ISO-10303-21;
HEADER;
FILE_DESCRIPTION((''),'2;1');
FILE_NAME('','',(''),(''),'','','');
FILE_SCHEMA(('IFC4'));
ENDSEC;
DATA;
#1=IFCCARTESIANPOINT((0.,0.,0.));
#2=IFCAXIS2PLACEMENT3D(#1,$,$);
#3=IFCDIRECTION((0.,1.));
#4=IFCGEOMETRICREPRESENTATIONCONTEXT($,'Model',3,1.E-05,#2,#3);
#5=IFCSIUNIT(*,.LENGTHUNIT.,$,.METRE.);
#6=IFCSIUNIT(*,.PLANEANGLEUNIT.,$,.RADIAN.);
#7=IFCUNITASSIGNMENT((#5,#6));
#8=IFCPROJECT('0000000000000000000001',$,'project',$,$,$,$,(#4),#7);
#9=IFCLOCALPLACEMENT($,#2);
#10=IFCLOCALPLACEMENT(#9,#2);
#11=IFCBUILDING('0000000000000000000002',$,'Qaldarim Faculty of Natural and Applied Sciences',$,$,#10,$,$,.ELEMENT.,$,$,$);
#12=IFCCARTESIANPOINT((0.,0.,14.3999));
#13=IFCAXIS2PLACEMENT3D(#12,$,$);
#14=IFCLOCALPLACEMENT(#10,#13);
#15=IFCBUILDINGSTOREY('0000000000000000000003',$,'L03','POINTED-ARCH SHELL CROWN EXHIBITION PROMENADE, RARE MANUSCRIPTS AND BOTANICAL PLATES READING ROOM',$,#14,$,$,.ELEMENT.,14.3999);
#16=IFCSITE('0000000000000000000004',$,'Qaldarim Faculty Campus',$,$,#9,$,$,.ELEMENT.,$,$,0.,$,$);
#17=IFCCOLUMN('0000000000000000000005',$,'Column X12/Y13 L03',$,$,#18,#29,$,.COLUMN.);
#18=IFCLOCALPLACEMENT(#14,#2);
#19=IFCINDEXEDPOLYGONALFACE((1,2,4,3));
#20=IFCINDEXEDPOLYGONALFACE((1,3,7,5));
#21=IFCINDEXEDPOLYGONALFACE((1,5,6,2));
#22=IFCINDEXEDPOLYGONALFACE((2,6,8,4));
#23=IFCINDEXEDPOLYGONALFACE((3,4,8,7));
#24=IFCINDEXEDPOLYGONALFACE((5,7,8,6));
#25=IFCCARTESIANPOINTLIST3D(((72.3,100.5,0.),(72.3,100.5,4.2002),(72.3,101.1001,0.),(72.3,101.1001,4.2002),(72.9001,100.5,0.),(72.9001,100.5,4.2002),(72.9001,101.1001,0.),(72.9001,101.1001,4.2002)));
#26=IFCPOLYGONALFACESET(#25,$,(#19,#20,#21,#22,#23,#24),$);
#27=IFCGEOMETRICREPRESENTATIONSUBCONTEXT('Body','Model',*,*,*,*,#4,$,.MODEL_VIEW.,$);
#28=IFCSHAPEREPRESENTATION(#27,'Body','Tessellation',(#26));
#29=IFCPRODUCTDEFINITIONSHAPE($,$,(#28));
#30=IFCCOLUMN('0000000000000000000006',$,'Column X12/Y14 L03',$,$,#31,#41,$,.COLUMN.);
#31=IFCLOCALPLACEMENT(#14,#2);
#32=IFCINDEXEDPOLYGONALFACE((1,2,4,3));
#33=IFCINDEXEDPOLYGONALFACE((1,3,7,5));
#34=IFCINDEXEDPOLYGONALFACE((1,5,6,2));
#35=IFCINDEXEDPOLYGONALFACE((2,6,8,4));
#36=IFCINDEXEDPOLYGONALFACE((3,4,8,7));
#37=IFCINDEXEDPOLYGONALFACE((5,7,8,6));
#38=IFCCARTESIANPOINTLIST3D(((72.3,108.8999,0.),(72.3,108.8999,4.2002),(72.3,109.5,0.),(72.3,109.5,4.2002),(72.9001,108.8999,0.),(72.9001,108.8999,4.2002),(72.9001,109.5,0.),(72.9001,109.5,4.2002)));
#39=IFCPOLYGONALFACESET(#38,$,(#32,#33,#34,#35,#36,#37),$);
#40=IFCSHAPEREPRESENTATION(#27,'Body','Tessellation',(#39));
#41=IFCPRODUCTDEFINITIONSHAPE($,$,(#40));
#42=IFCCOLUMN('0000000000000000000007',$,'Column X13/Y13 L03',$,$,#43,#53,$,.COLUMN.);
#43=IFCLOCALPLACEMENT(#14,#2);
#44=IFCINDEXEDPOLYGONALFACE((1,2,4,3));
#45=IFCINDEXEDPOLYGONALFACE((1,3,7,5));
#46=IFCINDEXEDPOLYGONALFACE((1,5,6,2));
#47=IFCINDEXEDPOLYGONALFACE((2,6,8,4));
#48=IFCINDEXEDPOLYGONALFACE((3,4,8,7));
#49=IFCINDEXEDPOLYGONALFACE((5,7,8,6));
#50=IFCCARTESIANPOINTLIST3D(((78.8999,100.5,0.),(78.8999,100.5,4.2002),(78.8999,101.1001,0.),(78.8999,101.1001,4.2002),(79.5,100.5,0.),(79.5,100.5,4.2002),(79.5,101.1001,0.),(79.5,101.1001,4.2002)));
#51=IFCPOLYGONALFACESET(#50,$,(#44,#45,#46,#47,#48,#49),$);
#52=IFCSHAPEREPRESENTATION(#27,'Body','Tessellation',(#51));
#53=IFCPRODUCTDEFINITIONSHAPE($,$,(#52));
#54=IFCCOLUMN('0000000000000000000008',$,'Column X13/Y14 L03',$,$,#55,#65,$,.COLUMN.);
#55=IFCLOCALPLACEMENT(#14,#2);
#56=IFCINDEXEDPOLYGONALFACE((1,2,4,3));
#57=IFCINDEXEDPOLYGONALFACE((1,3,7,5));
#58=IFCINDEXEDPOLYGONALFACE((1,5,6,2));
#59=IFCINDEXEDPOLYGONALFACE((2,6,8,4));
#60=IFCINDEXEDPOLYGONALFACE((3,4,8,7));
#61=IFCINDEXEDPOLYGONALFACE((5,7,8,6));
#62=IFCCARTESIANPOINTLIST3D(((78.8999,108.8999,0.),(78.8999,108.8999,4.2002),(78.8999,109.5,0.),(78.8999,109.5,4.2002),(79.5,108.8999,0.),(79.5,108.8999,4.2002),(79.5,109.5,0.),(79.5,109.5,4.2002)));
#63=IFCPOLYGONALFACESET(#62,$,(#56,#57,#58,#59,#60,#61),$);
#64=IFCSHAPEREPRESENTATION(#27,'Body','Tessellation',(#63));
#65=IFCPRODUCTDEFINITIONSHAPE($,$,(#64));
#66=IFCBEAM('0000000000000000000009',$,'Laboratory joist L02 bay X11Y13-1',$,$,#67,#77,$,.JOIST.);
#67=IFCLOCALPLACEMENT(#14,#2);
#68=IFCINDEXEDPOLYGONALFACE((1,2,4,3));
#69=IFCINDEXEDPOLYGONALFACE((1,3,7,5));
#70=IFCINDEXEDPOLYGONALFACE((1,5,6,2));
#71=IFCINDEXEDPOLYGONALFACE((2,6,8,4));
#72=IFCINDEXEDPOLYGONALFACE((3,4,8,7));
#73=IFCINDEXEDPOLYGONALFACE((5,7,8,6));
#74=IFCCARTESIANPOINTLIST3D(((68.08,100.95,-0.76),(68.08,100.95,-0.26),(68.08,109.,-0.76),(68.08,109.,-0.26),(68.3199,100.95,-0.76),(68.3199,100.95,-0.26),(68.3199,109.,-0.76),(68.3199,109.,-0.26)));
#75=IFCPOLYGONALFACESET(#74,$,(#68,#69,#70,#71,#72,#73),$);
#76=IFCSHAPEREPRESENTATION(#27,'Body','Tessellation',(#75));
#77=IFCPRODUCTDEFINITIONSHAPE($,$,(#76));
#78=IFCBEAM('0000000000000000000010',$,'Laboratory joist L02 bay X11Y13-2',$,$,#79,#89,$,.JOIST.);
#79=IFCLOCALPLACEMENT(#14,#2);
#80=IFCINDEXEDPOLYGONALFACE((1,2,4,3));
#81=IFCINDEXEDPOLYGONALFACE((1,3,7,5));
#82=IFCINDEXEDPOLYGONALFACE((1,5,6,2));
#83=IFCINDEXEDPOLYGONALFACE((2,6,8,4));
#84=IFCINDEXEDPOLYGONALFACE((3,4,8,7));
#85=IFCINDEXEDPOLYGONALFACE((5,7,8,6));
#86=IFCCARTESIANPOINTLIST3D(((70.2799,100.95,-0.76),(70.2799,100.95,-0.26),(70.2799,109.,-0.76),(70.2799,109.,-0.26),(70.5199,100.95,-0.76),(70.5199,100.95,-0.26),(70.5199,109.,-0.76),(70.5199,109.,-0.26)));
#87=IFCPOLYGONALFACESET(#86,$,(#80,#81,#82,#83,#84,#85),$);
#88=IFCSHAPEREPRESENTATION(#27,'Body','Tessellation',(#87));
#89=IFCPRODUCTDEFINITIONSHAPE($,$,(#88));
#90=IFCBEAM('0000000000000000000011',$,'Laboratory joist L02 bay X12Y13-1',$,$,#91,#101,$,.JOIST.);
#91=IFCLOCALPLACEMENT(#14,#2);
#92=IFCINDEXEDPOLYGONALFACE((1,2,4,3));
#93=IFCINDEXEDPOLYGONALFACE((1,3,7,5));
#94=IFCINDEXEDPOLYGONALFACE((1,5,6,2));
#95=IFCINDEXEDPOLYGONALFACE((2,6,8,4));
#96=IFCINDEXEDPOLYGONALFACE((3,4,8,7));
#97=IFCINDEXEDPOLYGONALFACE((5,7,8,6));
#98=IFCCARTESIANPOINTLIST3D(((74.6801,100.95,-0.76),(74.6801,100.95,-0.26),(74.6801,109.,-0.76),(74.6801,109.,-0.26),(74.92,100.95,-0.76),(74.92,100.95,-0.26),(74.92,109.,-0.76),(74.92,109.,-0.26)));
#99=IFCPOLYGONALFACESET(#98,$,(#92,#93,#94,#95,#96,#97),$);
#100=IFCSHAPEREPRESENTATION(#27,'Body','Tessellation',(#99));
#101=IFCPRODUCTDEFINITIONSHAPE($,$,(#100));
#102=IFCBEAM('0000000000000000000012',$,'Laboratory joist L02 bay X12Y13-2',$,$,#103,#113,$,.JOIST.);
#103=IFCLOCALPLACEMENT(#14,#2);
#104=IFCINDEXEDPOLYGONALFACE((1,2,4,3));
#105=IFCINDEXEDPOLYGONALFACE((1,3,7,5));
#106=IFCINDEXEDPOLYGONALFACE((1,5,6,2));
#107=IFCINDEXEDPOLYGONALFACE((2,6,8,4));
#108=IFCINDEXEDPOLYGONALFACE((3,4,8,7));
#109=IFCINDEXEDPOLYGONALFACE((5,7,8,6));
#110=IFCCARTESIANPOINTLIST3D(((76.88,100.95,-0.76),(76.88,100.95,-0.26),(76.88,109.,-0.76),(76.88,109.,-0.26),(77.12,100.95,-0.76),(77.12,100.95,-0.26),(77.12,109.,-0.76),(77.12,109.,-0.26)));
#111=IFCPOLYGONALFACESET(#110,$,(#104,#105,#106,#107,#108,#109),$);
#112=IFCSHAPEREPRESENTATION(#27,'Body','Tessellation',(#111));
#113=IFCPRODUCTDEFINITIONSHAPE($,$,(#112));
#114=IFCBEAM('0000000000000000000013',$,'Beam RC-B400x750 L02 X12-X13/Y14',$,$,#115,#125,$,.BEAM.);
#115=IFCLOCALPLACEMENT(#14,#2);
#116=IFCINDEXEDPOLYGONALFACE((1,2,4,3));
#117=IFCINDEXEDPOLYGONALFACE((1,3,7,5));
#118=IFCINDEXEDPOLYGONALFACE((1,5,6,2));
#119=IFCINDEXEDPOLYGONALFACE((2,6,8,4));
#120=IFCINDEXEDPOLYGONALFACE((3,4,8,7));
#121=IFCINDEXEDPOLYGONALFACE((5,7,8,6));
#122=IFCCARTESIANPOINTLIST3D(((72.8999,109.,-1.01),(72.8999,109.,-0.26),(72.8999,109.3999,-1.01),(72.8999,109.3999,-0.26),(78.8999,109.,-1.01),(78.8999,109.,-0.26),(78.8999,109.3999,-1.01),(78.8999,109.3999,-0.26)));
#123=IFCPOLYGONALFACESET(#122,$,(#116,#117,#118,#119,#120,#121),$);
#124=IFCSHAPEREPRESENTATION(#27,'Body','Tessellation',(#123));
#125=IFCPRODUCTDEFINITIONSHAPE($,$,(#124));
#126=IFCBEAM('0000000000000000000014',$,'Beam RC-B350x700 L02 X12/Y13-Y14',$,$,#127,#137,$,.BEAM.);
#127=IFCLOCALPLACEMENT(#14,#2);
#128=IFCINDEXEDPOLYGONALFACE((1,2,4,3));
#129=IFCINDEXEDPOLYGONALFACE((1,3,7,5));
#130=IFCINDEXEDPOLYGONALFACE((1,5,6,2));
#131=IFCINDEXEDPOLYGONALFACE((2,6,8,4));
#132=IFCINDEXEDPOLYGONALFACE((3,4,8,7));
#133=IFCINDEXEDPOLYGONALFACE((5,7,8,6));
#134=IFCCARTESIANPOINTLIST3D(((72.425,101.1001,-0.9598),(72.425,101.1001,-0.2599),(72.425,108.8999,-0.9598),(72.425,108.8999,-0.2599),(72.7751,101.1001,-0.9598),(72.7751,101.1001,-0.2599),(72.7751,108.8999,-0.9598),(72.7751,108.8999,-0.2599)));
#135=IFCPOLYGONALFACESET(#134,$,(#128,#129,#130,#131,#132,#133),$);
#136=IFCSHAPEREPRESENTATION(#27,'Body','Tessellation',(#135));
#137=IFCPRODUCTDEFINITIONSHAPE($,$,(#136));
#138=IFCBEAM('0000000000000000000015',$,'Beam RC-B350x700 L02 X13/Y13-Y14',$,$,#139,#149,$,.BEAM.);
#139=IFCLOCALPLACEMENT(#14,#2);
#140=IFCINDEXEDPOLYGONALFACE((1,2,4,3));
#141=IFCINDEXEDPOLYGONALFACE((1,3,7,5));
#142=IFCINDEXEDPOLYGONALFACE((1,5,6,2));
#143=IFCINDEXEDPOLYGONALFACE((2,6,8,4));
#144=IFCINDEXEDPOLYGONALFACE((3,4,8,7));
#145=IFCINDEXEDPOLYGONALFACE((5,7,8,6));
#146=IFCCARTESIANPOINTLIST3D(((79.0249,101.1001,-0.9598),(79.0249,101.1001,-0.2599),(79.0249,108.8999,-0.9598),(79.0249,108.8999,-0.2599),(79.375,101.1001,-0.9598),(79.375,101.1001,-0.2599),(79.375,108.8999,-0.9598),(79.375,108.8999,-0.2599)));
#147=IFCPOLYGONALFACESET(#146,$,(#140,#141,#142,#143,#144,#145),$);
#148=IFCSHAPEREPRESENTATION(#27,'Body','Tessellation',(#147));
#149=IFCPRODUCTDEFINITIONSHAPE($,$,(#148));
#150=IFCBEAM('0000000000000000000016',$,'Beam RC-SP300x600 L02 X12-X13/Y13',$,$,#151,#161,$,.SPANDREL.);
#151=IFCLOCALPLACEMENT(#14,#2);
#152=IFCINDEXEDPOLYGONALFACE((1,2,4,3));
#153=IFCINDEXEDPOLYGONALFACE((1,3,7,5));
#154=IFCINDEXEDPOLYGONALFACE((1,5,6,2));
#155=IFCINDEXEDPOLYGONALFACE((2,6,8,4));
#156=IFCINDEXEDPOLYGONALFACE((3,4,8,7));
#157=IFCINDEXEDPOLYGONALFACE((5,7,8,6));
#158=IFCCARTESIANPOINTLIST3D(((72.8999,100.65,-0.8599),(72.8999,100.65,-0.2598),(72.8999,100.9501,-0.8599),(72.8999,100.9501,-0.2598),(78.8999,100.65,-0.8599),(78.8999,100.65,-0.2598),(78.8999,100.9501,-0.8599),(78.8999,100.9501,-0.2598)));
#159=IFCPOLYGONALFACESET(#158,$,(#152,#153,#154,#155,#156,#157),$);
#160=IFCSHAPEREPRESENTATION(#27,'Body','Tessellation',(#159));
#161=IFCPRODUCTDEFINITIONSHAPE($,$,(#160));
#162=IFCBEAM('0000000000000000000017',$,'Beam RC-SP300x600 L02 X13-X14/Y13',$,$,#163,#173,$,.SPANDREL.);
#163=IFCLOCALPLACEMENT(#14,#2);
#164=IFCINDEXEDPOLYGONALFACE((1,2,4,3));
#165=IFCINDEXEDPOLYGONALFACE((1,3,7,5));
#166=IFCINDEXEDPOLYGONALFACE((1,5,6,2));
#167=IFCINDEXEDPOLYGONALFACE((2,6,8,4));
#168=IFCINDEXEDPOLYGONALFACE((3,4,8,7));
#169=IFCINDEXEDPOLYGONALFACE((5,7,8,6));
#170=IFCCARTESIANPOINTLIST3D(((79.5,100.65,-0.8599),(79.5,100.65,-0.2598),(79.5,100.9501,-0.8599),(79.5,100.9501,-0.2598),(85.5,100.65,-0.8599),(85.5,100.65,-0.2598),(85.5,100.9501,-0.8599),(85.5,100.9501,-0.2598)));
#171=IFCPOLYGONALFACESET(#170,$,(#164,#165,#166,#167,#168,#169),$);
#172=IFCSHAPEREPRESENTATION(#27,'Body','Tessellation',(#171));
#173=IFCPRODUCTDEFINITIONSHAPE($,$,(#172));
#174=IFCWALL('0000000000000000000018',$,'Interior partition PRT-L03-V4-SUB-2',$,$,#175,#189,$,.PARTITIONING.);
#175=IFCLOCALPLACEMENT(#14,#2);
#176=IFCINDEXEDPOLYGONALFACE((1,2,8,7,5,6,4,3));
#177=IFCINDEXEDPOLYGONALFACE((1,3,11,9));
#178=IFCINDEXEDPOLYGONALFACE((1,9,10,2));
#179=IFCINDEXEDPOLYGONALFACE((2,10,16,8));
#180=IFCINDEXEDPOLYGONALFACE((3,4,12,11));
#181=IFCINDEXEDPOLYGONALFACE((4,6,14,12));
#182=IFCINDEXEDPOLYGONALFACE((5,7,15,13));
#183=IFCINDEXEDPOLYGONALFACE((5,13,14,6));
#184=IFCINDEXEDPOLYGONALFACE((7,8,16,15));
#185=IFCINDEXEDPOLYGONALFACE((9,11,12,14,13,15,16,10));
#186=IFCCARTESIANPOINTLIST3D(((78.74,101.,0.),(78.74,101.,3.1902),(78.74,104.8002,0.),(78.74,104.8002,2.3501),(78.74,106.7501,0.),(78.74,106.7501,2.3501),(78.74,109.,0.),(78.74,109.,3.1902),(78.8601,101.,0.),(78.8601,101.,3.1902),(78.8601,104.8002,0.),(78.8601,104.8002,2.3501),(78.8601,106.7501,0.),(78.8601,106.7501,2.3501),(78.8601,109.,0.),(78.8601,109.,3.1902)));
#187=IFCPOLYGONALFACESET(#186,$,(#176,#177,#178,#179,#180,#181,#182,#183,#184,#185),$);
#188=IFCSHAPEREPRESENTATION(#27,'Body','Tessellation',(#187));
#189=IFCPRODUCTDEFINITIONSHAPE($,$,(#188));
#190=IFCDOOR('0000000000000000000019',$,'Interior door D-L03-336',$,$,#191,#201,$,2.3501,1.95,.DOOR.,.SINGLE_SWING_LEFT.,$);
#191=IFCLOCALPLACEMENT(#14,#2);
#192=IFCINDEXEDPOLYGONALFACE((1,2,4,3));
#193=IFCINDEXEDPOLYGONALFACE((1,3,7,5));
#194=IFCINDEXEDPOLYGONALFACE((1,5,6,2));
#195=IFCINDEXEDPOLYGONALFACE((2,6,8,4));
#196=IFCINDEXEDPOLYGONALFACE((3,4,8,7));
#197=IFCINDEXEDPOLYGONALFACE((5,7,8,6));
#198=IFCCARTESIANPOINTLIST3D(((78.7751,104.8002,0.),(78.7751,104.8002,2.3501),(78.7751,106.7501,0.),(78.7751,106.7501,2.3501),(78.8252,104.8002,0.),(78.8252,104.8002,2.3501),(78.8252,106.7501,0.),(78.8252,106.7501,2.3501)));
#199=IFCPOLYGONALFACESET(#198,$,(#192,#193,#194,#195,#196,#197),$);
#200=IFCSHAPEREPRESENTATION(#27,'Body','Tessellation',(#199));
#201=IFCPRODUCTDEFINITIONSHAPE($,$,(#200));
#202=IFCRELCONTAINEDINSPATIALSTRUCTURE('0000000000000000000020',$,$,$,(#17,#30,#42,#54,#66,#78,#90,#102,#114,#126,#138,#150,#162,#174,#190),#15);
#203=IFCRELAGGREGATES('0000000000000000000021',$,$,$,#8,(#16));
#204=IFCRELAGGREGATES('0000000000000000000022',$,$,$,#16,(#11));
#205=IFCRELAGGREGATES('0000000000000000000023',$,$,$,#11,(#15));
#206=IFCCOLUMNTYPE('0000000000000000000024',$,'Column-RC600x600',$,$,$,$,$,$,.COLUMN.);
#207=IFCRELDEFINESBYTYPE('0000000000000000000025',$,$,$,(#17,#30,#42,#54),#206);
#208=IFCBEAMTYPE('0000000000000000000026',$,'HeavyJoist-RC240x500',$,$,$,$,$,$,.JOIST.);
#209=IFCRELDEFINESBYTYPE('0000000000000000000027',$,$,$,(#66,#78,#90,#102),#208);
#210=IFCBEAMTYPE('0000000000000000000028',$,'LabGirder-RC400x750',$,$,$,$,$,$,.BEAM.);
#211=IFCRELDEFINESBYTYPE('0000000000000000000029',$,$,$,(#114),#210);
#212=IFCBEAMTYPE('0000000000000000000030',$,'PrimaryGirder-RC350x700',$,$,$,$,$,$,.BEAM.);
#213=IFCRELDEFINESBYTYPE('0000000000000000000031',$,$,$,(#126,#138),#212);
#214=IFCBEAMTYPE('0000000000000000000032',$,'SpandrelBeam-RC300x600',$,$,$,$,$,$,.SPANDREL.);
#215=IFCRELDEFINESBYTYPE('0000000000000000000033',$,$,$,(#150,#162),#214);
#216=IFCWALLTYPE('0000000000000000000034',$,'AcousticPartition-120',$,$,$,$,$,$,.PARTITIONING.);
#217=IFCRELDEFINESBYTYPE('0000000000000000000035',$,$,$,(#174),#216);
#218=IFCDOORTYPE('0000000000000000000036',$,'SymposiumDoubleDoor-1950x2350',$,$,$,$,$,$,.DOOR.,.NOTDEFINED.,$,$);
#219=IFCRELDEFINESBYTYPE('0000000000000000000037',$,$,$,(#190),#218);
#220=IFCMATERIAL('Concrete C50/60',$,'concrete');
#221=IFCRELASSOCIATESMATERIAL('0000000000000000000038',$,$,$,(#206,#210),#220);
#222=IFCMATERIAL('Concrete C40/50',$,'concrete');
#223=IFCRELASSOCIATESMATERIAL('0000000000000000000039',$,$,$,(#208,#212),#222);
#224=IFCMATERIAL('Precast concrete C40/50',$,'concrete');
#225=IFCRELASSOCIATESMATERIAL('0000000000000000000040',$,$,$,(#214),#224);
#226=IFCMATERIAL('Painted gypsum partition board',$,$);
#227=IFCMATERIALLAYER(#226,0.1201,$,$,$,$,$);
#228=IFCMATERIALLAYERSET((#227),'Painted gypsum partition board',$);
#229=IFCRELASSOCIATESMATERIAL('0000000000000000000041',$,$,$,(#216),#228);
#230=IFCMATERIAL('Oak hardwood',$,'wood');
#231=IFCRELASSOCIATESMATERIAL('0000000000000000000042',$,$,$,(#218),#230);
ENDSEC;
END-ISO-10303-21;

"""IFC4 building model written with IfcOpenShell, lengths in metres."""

from ifc_helpers import new_model, si_unit, direction, frame, frame_2d, origin, origin_2d, place, context, subcontext, project, spatial, rectangle, extrude, material, layer, layer_set, material_profile, profile_set, type_object, element, fill, save


model = new_model("IFC4")

# Units and contexts
model_context = context("Model", 3, precision=1e-05, world=origin(), true_north=direction((0.0, 1.0)))
body_context = subcontext(model_context, "Body", "Model", "MODEL_VIEW")
ifc_project = project(units=[si_unit("LENGTHUNIT", "METRE"), si_unit("PLANEANGLEUNIT", "RADIAN")], contexts=[model_context])

# Site, building, storey
site_placement = place(None, origin())
site = spatial("IfcSite", under=ifc_project, at=site_placement, Name="Qaldarim Faculty Campus", CompositionType="ELEMENT", RefElevation=0.0)
building_placement = place(site_placement, origin())
building = spatial("IfcBuilding", under=site, at=building_placement, Name="Qaldarim Faculty of Natural and Applied Sciences", CompositionType="ELEMENT")
storey_placement = place(building_placement, frame((0.0, 0.0, 14.3999)))
storey = spatial("IfcBuildingStorey", under=building, at=storey_placement, Name="L03", Description="POINTED-ARCH SHELL CROWN EXHIBITION PROMENADE, RARE MANUSCRIPTS AND BOTANICAL PLATES READING ROOM", CompositionType="ELEMENT", Elevation=14.3999)

# Columns
ifc_material_1 = material(Name="Concrete C50/60", Category="concrete")
ifc_material_profile_1 = material_profile(ifc_material_1, rectangle(XDim=0.6001, YDim=0.6001, at=origin_2d()), Name="RC-C600x600")
ifc_profile_set_1 = profile_set([ifc_material_profile_1], Name="Concrete C50/60")
column_type = type_object("IfcColumnType", Name="Column-RC600x600", PredefinedType="COLUMN", material=ifc_profile_set_1)
for number, where, z_axis, x_axis, name in (
    (1, (72.6001, 100.8, 0.0), (0.0, 0.0, 1.0), (1.0, 0.0, 0.0), "Column X12/Y13 L03"),
    (2, (72.6001, 109.2, 0.0), (0.0, 0.0, 1.0), (1.0, 0.0, 0.0), "Column X12/Y14 L03"),
    (3, (79.2, 100.8, 0.0), (0.0, 0.0, 1.0), (1.0, 0.0, 0.0), "Column X13/Y13 L03"),
    (4, (79.2, 109.2, 0.0), (0.0, 0.0, 1.0), (1.0, 0.0, 0.0), "Column X13/Y14 L03"),
):
    element("IfcColumn", number, at=place(storey_placement, frame(where, z_axis=z_axis, x_axis=x_axis)), inside=storey, type_object=column_type, Name=name, PredefinedType="COLUMN", context=body_context, shape_type="SweptSolid", body=[
        extrude(rectangle(XDim=0.6001, YDim=0.6001, at=origin_2d()), origin(), (0.0, 0.0, 1.0), 4.2002),
    ])

# Beams
ifc_material_2 = material(Name="Concrete C40/50", Category="concrete")
ifc_material_profile_2 = material_profile(ifc_material_2, rectangle(XDim=0.24, YDim=0.5, at=origin_2d()), Name="RC-J240x500")
ifc_profile_set_2 = profile_set([ifc_material_profile_2], Name="Concrete C40/50")
beam_type_1 = type_object("IfcBeamType", Name="HeavyJoist-RC240x500", PredefinedType="JOIST", material=ifc_profile_set_2)
for number, where, z_axis, x_axis, name in (
    (5, (68.2, 100.95, -0.51), (0.0, 1.0, 0.0), (-1.0, 0.0, 0.0), "Laboratory joist L02 bay X11Y13-1"),
    (6, (70.3999, 100.95, -0.51), (0.0, 1.0, 0.0), (-1.0, 0.0, 0.0), "Laboratory joist L02 bay X11Y13-2"),
    (7, (74.8, 100.95, -0.51), (0.0, 1.0, 0.0), (-1.0, 0.0, 0.0), "Laboratory joist L02 bay X12Y13-1"),
    (8, (77.0, 100.95, -0.51), (0.0, 1.0, 0.0), (-1.0, 0.0, 0.0), "Laboratory joist L02 bay X12Y13-2"),
):
    element("IfcBeam", number, at=place(storey_placement, frame(where, z_axis=z_axis, x_axis=x_axis)), inside=storey, type_object=beam_type_1, Name=name, PredefinedType="JOIST", context=body_context, shape_type="SweptSolid", body=[
        extrude(rectangle(XDim=0.24, YDim=0.5, at=origin_2d()), origin(), (0.0, 0.0, 1.0), 8.05),
    ])
ifc_material_profile_3 = material_profile(ifc_material_1, rectangle(XDim=0.3999, YDim=0.75, at=origin_2d()), Name="RC-B400x750")
ifc_profile_set_3 = profile_set([ifc_material_profile_3], Name="Concrete C50/60")
beam_type_2 = type_object("IfcBeamType", Name="LabGirder-RC400x750", PredefinedType="BEAM", material=ifc_profile_set_3)
beam_placement = place(storey_placement, frame((72.8999, 109.2, -0.635), z_axis=(1.0, 0.0, 0.0), x_axis=(0.0, 1.0, 0.0)))
element("IfcBeam", 9, at=beam_placement, inside=storey, type_object=beam_type_2, Name="Beam RC-B400x750 L02 X12-X13/Y14", PredefinedType="BEAM", context=body_context, shape_type="SweptSolid", body=[
    extrude(rectangle(XDim=0.3999, YDim=0.75, at=origin_2d()), origin(), (0.0, 0.0, 1.0), 6.0),
])
ifc_material_profile_4 = material_profile(ifc_material_2, rectangle(XDim=0.3501, YDim=0.7, at=origin_2d()), Name="RC-B350x700")
ifc_profile_set_4 = profile_set([ifc_material_profile_4], Name="Concrete C40/50")
beam_type_3 = type_object("IfcBeamType", Name="PrimaryGirder-RC350x700", PredefinedType="BEAM", material=ifc_profile_set_4)
for number, where, z_axis, x_axis, name in (
    (10, (72.6001, 101.1001, -0.6099), (0.0, 1.0, 0.0), (-1.0, 0.0, 0.0), "Beam RC-B350x700 L02 X12/Y13-Y14"),
    (11, (79.2, 101.1001, -0.6099), (0.0, 1.0, 0.0), (-1.0, 0.0, 0.0), "Beam RC-B350x700 L02 X13/Y13-Y14"),
):
    element("IfcBeam", number, at=place(storey_placement, frame(where, z_axis=z_axis, x_axis=x_axis)), inside=storey, type_object=beam_type_3, Name=name, PredefinedType="BEAM", context=body_context, shape_type="SweptSolid", body=[
        extrude(rectangle(XDim=0.3501, YDim=0.7, at=origin_2d()), origin(), (0.0, 0.0, 1.0), 7.7998),
    ])
ifc_material_3 = material(Name="Precast concrete C40/50", Category="concrete")
ifc_material_profile_5 = material_profile(ifc_material_3, rectangle(XDim=0.3, YDim=0.6001, at=origin_2d()), Name="RC-SP300x600")
ifc_profile_set_5 = profile_set([ifc_material_profile_5], Name="Precast concrete C40/50")
beam_type_4 = type_object("IfcBeamType", Name="SpandrelBeam-RC300x600", PredefinedType="SPANDREL", material=ifc_profile_set_5)
for number, where, z_axis, x_axis, name in (
    (12, (72.8999, 100.8, -0.5598), (1.0, 0.0, 0.0), (0.0, 1.0, 0.0), "Beam RC-SP300x600 L02 X12-X13/Y13"),
    (13, (79.5, 100.8, -0.5598), (1.0, 0.0, 0.0), (0.0, 1.0, 0.0), "Beam RC-SP300x600 L02 X13-X14/Y13"),
):
    element("IfcBeam", number, at=place(storey_placement, frame(where, z_axis=z_axis, x_axis=x_axis)), inside=storey, type_object=beam_type_4, Name=name, PredefinedType="SPANDREL", context=body_context, shape_type="SweptSolid", body=[
        extrude(rectangle(XDim=0.3, YDim=0.6001, at=origin_2d()), origin(), (0.0, 0.0, 1.0), 6.0),
    ])

# Wall, opening, door
ifc_material_4 = material(Name="Painted gypsum partition board")
ifc_layer_1 = layer(ifc_material_4, 0.1201)
ifc_layer_set_1 = layer_set([ifc_layer_1], Name="Painted gypsum partition board")
wall_type_1 = type_object("IfcWallType", Name="AcousticPartition-120", PredefinedType="PARTITIONING", material=ifc_layer_set_1)
wall_1_placement = place(storey_placement, frame((78.8, 101.0, 0.0), z_axis=(0.0, 0.0, 1.0), x_axis=(0.0, 1.0, 0.0)))
wall_1 = element("IfcWall", 14, at=wall_1_placement, inside=storey, type_object=wall_type_1, Name="Interior partition PRT-L03-V4-SUB-2", PredefinedType="PARTITIONING", context=body_context, shape_type="SweptSolid", body=[
    extrude(rectangle(XDim=8.0, YDim=0.1201, at=frame_2d((4.0, 0.0))), origin(), (0.0, 0.0, 1.0), 3.1902),
])
opening_1_placement = place(wall_1_placement, frame((3.8, 0.0, 0.0)))
opening_1 = element("IfcOpeningElement", 15, at=opening_1_placement, cuts=wall_1, PredefinedType="OPENING", context=body_context, shape_type="SweptSolid", body=[
    extrude(rectangle(XDim=1.95, YDim=2.3501, at=frame_2d((0.9751, 1.175))), frame((0.0, 0.0701, 0.0), z_axis=(0.0, -1.0, 0.0), x_axis=(1.0, 0.0, 0.0)), (0.0, 0.0, 1.0), 0.1401),
])
ifc_material_5 = material(Name="Oak hardwood", Category="wood")
door_type_1 = type_object("IfcDoorType", Name="SymposiumDoubleDoor-1950x2350", OperationType="NOTDEFINED", PredefinedType="DOOR", material=ifc_material_5)
door_1_placement = place(opening_1_placement, origin())
door_1 = element("IfcDoor", 16, at=door_1_placement, inside=storey, type_object=door_type_1, Name="Interior door D-L03-336", OperationType="SINGLE_SWING_LEFT", OverallHeight=2.3501, OverallWidth=1.95, PredefinedType="DOOR", context=body_context, shape_type="SweptSolid", body=[
    extrude(rectangle(XDim=1.95, YDim=2.3501, at=frame_2d((0.9751, 1.175))), frame((0.0, 0.0249, 0.0), z_axis=(0.0, -1.0, 0.0), x_axis=(1.0, 0.0, 0.0)), (0.0, 0.0, 1.0), 0.05),
])
fill(opening_1, door_1)

save(model, "model.ifc")
